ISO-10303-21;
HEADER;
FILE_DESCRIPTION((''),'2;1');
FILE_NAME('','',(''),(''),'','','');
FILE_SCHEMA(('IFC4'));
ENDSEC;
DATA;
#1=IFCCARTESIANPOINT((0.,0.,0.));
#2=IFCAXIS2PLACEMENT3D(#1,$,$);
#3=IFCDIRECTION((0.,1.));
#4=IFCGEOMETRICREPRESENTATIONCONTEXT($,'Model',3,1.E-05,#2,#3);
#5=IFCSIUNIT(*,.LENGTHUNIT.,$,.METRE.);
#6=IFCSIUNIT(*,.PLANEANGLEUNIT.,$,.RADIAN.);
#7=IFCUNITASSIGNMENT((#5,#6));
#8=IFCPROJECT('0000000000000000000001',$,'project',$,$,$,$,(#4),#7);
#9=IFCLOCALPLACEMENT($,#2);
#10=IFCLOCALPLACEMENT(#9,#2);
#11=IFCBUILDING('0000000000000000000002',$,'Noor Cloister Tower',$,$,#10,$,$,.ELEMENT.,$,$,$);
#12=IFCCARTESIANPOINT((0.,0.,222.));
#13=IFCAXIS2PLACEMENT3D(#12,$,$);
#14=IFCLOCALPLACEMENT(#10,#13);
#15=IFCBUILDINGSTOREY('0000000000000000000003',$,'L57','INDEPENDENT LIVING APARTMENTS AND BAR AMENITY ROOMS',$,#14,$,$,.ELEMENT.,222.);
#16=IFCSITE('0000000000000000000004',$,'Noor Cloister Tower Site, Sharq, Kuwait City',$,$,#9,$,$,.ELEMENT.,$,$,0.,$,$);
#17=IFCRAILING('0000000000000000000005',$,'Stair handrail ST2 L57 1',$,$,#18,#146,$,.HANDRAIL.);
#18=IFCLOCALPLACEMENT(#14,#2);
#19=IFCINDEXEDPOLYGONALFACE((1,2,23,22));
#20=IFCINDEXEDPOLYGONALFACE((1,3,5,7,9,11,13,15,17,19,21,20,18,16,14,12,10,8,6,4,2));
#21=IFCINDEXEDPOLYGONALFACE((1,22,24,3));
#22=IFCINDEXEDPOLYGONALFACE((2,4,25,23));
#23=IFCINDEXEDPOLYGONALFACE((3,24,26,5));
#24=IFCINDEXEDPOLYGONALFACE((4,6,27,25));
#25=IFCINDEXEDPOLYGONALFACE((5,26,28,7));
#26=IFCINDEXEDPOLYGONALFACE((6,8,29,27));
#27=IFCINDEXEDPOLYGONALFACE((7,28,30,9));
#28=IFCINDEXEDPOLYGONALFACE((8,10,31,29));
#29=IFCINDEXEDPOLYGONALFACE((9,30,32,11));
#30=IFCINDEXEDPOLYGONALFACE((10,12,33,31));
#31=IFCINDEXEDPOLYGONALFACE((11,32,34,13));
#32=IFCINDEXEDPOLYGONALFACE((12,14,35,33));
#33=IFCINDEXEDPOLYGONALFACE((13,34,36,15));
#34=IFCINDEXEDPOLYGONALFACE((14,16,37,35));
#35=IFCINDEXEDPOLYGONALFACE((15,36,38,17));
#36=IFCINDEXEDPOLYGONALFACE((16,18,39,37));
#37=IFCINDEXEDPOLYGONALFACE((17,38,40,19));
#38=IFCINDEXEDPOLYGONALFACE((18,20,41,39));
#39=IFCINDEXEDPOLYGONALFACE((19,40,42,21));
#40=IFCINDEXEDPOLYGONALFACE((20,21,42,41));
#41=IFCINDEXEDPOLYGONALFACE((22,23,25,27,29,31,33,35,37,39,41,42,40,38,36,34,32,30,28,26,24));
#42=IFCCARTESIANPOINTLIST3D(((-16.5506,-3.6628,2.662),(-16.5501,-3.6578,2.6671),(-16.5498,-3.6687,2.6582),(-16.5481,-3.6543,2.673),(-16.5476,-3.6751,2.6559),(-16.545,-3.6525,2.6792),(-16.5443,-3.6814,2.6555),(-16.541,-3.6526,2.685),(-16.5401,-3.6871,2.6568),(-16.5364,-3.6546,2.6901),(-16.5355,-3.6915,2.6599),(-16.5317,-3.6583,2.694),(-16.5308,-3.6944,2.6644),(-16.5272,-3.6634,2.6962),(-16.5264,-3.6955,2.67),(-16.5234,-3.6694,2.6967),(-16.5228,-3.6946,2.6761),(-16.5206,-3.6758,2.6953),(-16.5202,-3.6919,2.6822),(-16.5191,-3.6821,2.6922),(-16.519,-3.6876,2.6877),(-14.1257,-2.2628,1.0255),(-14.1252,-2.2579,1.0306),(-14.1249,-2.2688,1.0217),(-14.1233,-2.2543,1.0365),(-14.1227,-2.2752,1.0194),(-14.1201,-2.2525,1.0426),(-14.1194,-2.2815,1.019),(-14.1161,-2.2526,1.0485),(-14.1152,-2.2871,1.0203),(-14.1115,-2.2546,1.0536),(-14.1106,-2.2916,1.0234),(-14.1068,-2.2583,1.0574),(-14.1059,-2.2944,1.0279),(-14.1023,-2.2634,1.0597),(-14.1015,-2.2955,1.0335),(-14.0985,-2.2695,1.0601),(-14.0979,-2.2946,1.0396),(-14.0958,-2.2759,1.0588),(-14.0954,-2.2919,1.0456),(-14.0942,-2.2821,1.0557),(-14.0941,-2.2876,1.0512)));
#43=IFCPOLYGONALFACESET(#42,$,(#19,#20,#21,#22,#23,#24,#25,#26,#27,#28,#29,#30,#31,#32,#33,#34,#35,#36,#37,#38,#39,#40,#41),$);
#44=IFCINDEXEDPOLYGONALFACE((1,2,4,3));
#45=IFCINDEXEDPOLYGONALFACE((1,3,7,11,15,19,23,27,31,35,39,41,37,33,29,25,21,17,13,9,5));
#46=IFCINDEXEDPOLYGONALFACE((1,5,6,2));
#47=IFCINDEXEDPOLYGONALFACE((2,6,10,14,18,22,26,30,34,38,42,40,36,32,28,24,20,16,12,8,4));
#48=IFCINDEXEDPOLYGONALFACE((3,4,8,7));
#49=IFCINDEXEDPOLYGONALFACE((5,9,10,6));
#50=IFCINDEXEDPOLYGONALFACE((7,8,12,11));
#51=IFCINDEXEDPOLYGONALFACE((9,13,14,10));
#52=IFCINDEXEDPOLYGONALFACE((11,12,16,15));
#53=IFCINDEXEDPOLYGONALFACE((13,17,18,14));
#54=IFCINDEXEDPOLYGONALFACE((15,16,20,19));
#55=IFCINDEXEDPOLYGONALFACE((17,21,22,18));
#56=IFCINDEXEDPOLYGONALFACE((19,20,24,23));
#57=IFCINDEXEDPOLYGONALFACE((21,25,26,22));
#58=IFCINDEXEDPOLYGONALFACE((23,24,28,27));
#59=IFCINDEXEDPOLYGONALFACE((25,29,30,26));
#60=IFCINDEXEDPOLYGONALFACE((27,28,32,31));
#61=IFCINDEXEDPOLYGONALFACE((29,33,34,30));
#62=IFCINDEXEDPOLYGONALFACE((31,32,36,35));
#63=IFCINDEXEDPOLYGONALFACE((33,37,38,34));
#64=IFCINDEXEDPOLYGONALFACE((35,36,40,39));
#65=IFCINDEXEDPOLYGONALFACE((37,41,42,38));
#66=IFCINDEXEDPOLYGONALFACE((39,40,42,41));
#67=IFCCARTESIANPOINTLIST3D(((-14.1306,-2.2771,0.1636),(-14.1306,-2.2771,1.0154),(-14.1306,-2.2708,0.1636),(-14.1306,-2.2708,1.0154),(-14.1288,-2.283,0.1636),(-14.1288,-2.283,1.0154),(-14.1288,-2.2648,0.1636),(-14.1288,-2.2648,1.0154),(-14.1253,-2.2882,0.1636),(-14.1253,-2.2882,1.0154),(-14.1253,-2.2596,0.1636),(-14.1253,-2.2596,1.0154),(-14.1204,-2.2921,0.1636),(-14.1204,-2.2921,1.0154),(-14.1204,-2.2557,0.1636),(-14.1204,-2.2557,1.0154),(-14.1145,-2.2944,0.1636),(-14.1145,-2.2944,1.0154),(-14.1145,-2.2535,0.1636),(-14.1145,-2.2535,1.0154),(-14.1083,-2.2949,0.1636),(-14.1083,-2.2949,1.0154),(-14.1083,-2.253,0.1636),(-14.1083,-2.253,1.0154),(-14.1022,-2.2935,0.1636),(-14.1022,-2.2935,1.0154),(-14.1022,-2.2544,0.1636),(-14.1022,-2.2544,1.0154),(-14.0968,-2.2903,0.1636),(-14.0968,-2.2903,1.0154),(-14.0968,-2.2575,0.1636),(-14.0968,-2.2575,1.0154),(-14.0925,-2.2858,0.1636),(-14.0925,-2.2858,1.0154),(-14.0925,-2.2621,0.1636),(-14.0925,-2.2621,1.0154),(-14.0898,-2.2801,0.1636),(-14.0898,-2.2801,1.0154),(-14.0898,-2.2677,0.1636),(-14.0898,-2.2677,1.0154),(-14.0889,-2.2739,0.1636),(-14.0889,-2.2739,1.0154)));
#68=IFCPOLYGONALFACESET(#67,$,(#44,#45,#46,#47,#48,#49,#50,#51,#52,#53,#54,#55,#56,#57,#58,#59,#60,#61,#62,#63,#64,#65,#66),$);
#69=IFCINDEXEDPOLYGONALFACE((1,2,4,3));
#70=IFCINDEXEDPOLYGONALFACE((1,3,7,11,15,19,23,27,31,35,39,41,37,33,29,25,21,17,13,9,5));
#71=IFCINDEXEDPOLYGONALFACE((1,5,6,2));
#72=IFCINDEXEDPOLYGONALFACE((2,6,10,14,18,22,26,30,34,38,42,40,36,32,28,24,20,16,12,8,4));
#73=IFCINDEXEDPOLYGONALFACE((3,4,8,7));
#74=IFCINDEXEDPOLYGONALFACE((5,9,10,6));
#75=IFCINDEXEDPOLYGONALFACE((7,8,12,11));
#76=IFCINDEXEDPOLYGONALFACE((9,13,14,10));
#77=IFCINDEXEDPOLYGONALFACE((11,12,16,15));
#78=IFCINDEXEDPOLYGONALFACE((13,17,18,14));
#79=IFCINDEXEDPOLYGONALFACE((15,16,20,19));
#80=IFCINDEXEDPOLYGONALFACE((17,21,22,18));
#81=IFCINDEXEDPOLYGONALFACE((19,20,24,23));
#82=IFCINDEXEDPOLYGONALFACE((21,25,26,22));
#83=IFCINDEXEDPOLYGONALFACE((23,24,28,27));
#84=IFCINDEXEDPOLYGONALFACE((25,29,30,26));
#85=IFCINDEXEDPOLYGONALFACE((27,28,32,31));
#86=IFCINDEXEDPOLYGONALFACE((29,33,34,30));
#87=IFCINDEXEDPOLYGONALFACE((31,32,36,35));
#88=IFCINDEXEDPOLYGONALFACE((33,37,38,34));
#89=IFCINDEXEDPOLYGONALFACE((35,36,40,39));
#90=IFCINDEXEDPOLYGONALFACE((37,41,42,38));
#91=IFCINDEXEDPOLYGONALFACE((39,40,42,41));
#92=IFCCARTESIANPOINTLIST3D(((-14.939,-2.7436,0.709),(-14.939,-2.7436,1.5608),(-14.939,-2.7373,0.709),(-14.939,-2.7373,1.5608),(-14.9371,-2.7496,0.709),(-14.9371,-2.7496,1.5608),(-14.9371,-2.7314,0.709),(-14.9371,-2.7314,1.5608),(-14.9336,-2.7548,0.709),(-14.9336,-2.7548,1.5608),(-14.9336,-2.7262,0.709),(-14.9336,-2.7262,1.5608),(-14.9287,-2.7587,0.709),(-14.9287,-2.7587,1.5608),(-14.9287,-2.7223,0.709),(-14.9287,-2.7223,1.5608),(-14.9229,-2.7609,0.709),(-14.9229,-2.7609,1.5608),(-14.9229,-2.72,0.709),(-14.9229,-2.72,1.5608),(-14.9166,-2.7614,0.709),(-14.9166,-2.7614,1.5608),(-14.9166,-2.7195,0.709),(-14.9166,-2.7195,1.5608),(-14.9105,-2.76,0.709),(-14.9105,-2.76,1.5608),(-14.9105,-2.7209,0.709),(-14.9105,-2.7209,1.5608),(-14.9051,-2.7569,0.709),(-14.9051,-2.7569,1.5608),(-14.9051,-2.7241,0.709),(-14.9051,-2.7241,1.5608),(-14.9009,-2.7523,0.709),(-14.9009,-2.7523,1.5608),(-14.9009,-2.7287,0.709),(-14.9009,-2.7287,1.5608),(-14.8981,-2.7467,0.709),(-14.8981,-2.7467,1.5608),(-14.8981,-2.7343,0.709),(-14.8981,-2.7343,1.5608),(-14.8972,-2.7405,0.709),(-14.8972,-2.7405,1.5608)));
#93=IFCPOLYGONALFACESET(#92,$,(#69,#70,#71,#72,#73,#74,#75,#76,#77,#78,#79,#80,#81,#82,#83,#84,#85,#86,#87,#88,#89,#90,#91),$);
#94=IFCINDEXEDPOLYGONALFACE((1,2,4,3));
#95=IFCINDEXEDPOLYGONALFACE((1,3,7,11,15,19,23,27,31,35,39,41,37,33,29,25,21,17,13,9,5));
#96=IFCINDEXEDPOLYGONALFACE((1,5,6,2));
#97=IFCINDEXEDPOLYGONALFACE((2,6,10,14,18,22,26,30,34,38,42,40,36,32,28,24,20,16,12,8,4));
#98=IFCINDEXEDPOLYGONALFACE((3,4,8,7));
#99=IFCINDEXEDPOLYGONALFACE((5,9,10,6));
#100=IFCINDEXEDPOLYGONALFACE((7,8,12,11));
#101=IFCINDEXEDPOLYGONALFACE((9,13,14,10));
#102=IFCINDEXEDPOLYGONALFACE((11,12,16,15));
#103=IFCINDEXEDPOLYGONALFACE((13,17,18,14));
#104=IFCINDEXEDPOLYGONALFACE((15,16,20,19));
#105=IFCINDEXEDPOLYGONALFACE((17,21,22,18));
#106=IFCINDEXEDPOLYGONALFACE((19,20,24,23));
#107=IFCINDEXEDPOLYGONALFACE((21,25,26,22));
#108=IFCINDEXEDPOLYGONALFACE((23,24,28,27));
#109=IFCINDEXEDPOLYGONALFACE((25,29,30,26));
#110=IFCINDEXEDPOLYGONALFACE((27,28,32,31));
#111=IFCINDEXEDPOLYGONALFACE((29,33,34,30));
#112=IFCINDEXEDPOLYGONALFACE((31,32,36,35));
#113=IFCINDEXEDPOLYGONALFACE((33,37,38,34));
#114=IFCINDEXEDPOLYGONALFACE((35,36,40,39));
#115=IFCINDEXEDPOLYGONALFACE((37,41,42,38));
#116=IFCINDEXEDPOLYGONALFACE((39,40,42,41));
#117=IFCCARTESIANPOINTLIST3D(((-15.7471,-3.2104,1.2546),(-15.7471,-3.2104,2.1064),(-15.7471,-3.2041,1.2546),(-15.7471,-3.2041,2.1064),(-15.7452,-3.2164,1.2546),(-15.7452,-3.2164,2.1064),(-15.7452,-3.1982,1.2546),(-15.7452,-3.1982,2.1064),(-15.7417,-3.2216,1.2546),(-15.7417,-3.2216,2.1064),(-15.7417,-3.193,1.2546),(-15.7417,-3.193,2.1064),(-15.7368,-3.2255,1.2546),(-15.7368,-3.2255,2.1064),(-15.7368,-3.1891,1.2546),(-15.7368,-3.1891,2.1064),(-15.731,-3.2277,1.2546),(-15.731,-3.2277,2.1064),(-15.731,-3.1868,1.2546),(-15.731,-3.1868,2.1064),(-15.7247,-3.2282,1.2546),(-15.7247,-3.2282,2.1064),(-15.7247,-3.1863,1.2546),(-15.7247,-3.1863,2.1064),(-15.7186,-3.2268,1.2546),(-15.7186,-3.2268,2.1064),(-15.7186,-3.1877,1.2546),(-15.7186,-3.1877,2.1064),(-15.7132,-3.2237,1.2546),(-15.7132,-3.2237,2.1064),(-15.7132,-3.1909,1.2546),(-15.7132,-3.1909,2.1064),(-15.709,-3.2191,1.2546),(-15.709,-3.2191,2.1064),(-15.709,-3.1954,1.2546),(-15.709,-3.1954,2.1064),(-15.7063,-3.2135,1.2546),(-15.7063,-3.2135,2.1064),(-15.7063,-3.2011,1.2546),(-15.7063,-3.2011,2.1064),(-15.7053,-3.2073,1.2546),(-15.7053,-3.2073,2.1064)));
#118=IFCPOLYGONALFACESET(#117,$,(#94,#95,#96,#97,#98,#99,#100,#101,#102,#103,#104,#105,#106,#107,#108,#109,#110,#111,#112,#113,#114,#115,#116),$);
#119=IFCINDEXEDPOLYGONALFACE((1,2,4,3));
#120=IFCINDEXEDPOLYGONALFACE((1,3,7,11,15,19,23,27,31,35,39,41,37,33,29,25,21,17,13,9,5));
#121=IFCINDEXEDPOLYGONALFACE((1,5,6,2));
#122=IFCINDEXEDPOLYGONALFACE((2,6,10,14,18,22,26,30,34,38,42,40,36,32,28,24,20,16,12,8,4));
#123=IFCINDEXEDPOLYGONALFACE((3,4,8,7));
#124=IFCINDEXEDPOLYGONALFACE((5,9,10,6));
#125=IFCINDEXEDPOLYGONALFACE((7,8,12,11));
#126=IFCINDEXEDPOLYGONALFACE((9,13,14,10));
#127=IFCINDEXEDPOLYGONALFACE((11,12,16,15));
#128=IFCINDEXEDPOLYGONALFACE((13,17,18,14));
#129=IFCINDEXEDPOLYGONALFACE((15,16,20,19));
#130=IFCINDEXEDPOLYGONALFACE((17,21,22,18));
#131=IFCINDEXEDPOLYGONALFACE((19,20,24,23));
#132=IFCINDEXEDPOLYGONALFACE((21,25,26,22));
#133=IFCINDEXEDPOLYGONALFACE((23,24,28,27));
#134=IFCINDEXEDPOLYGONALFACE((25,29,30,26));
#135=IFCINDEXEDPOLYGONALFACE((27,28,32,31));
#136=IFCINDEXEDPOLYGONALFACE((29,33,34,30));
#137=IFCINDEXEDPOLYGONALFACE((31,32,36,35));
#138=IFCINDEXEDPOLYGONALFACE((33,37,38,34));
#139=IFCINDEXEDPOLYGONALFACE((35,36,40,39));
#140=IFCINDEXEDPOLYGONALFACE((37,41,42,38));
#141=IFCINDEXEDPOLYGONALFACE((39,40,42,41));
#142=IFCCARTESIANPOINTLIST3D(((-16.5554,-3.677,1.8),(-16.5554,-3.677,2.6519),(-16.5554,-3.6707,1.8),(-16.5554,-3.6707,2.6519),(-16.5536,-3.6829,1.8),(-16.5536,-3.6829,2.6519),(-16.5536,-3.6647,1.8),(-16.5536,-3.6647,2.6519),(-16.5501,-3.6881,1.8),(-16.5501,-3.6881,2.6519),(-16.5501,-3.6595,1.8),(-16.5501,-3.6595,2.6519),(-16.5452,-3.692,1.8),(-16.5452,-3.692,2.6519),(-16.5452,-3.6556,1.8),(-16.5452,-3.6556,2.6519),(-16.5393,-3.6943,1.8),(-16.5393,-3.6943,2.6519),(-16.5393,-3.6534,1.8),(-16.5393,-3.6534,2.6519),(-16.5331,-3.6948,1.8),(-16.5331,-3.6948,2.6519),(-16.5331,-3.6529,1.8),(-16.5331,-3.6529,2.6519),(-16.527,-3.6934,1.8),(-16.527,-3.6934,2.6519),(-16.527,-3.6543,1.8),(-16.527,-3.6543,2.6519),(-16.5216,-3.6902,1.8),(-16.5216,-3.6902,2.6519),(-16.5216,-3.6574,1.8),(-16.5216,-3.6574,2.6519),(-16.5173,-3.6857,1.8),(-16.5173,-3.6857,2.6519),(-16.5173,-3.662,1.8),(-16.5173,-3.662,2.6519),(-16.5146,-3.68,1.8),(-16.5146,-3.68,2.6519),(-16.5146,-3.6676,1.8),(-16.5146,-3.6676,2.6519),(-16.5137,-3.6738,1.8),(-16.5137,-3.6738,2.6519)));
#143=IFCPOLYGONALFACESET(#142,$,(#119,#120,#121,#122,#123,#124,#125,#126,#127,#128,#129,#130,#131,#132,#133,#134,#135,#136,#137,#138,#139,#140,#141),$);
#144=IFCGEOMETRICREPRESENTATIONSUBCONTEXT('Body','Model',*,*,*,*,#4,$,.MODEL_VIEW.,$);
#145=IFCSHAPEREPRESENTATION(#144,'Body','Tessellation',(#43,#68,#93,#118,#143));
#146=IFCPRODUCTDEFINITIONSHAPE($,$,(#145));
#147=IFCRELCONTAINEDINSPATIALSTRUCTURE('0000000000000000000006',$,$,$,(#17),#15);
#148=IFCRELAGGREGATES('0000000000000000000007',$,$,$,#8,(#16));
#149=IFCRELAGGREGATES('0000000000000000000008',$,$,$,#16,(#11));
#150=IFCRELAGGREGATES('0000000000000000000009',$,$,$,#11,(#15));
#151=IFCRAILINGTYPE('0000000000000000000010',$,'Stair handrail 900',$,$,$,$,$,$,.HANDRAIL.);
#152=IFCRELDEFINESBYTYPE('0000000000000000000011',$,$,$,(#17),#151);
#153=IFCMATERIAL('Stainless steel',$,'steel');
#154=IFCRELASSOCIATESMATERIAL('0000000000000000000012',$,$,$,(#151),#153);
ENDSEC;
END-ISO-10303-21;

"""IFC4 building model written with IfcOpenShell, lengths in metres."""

from ifc_helpers import new_model, si_unit, direction, frame, origin, origin_2d, place, context, subcontext, project, spatial, circle, extrude, material, type_object, element, save


model = new_model("IFC4")

# Units and contexts
model_context = context("Model", 3, precision=1e-05, world=origin(), true_north=direction((0.0, 1.0)))
body_context = subcontext(model_context, "Body", "Model", "MODEL_VIEW")
ifc_project = project(units=[si_unit("LENGTHUNIT", "METRE"), si_unit("PLANEANGLEUNIT", "RADIAN")], contexts=[model_context])

# Site, building, storey
site_placement = place(None, origin())
site = spatial("IfcSite", under=ifc_project, at=site_placement, Name="Noor Cloister Tower Site, Sharq, Kuwait City", CompositionType="ELEMENT", RefElevation=0.0)
building_placement = place(site_placement, origin())
building = spatial("IfcBuilding", under=site, at=building_placement, Name="Noor Cloister Tower", CompositionType="ELEMENT")
storey_placement = place(building_placement, frame((0.0, 0.0, 222.0)))
storey = spatial("IfcBuildingStorey", under=building, at=storey_placement, Name="L57", Description="INDEPENDENT LIVING APARTMENTS AND BAR AMENITY ROOMS", CompositionType="ELEMENT", Elevation=222.0)

# Railing
ifc_material_1 = material(Name="Stainless steel", Category="steel")
railing_type_1 = type_object("IfcRailingType", Name="Stair handrail 900", PredefinedType="HANDRAIL", material=ifc_material_1)
railing_1_placement = place(storey_placement, frame((-14.1099, -2.2739, 0.1636)))
element("IfcRailing", 1, at=railing_1_placement, inside=storey, type_object=railing_type_1, Name="Stair handrail ST2 L57 1", PredefinedType="HANDRAIL", context=body_context, shape_type="SweptSolid", body=[
    extrude(circle(Radius=0.0239, at=origin_2d()), frame((0.0, 0.0, 0.876), z_axis=(-0.74769, -0.431661, 0.504608), x_axis=(0.499984, -0.866035, 0.0)), (0.0, 0.0, 1.0), 3.2432),
    extrude(circle(Radius=0.021, at=origin_2d()), origin(), (0.0, 0.0, 1.0), 0.8518),
    extrude(circle(Radius=0.021, at=origin_2d()), frame((-0.8083, -0.4666, 0.5454)), (0.0, 0.0, 1.0), 0.8518),
    extrude(circle(Radius=0.021, at=origin_2d()), frame((-1.6165, -0.9333, 1.0911)), (0.0, 0.0, 1.0), 0.8518),
    extrude(circle(Radius=0.021, at=origin_2d()), frame((-2.4248, -1.3999, 1.6365)), (0.0, 0.0, 1.0), 0.8518),
])

save(model, "model.ifc")
